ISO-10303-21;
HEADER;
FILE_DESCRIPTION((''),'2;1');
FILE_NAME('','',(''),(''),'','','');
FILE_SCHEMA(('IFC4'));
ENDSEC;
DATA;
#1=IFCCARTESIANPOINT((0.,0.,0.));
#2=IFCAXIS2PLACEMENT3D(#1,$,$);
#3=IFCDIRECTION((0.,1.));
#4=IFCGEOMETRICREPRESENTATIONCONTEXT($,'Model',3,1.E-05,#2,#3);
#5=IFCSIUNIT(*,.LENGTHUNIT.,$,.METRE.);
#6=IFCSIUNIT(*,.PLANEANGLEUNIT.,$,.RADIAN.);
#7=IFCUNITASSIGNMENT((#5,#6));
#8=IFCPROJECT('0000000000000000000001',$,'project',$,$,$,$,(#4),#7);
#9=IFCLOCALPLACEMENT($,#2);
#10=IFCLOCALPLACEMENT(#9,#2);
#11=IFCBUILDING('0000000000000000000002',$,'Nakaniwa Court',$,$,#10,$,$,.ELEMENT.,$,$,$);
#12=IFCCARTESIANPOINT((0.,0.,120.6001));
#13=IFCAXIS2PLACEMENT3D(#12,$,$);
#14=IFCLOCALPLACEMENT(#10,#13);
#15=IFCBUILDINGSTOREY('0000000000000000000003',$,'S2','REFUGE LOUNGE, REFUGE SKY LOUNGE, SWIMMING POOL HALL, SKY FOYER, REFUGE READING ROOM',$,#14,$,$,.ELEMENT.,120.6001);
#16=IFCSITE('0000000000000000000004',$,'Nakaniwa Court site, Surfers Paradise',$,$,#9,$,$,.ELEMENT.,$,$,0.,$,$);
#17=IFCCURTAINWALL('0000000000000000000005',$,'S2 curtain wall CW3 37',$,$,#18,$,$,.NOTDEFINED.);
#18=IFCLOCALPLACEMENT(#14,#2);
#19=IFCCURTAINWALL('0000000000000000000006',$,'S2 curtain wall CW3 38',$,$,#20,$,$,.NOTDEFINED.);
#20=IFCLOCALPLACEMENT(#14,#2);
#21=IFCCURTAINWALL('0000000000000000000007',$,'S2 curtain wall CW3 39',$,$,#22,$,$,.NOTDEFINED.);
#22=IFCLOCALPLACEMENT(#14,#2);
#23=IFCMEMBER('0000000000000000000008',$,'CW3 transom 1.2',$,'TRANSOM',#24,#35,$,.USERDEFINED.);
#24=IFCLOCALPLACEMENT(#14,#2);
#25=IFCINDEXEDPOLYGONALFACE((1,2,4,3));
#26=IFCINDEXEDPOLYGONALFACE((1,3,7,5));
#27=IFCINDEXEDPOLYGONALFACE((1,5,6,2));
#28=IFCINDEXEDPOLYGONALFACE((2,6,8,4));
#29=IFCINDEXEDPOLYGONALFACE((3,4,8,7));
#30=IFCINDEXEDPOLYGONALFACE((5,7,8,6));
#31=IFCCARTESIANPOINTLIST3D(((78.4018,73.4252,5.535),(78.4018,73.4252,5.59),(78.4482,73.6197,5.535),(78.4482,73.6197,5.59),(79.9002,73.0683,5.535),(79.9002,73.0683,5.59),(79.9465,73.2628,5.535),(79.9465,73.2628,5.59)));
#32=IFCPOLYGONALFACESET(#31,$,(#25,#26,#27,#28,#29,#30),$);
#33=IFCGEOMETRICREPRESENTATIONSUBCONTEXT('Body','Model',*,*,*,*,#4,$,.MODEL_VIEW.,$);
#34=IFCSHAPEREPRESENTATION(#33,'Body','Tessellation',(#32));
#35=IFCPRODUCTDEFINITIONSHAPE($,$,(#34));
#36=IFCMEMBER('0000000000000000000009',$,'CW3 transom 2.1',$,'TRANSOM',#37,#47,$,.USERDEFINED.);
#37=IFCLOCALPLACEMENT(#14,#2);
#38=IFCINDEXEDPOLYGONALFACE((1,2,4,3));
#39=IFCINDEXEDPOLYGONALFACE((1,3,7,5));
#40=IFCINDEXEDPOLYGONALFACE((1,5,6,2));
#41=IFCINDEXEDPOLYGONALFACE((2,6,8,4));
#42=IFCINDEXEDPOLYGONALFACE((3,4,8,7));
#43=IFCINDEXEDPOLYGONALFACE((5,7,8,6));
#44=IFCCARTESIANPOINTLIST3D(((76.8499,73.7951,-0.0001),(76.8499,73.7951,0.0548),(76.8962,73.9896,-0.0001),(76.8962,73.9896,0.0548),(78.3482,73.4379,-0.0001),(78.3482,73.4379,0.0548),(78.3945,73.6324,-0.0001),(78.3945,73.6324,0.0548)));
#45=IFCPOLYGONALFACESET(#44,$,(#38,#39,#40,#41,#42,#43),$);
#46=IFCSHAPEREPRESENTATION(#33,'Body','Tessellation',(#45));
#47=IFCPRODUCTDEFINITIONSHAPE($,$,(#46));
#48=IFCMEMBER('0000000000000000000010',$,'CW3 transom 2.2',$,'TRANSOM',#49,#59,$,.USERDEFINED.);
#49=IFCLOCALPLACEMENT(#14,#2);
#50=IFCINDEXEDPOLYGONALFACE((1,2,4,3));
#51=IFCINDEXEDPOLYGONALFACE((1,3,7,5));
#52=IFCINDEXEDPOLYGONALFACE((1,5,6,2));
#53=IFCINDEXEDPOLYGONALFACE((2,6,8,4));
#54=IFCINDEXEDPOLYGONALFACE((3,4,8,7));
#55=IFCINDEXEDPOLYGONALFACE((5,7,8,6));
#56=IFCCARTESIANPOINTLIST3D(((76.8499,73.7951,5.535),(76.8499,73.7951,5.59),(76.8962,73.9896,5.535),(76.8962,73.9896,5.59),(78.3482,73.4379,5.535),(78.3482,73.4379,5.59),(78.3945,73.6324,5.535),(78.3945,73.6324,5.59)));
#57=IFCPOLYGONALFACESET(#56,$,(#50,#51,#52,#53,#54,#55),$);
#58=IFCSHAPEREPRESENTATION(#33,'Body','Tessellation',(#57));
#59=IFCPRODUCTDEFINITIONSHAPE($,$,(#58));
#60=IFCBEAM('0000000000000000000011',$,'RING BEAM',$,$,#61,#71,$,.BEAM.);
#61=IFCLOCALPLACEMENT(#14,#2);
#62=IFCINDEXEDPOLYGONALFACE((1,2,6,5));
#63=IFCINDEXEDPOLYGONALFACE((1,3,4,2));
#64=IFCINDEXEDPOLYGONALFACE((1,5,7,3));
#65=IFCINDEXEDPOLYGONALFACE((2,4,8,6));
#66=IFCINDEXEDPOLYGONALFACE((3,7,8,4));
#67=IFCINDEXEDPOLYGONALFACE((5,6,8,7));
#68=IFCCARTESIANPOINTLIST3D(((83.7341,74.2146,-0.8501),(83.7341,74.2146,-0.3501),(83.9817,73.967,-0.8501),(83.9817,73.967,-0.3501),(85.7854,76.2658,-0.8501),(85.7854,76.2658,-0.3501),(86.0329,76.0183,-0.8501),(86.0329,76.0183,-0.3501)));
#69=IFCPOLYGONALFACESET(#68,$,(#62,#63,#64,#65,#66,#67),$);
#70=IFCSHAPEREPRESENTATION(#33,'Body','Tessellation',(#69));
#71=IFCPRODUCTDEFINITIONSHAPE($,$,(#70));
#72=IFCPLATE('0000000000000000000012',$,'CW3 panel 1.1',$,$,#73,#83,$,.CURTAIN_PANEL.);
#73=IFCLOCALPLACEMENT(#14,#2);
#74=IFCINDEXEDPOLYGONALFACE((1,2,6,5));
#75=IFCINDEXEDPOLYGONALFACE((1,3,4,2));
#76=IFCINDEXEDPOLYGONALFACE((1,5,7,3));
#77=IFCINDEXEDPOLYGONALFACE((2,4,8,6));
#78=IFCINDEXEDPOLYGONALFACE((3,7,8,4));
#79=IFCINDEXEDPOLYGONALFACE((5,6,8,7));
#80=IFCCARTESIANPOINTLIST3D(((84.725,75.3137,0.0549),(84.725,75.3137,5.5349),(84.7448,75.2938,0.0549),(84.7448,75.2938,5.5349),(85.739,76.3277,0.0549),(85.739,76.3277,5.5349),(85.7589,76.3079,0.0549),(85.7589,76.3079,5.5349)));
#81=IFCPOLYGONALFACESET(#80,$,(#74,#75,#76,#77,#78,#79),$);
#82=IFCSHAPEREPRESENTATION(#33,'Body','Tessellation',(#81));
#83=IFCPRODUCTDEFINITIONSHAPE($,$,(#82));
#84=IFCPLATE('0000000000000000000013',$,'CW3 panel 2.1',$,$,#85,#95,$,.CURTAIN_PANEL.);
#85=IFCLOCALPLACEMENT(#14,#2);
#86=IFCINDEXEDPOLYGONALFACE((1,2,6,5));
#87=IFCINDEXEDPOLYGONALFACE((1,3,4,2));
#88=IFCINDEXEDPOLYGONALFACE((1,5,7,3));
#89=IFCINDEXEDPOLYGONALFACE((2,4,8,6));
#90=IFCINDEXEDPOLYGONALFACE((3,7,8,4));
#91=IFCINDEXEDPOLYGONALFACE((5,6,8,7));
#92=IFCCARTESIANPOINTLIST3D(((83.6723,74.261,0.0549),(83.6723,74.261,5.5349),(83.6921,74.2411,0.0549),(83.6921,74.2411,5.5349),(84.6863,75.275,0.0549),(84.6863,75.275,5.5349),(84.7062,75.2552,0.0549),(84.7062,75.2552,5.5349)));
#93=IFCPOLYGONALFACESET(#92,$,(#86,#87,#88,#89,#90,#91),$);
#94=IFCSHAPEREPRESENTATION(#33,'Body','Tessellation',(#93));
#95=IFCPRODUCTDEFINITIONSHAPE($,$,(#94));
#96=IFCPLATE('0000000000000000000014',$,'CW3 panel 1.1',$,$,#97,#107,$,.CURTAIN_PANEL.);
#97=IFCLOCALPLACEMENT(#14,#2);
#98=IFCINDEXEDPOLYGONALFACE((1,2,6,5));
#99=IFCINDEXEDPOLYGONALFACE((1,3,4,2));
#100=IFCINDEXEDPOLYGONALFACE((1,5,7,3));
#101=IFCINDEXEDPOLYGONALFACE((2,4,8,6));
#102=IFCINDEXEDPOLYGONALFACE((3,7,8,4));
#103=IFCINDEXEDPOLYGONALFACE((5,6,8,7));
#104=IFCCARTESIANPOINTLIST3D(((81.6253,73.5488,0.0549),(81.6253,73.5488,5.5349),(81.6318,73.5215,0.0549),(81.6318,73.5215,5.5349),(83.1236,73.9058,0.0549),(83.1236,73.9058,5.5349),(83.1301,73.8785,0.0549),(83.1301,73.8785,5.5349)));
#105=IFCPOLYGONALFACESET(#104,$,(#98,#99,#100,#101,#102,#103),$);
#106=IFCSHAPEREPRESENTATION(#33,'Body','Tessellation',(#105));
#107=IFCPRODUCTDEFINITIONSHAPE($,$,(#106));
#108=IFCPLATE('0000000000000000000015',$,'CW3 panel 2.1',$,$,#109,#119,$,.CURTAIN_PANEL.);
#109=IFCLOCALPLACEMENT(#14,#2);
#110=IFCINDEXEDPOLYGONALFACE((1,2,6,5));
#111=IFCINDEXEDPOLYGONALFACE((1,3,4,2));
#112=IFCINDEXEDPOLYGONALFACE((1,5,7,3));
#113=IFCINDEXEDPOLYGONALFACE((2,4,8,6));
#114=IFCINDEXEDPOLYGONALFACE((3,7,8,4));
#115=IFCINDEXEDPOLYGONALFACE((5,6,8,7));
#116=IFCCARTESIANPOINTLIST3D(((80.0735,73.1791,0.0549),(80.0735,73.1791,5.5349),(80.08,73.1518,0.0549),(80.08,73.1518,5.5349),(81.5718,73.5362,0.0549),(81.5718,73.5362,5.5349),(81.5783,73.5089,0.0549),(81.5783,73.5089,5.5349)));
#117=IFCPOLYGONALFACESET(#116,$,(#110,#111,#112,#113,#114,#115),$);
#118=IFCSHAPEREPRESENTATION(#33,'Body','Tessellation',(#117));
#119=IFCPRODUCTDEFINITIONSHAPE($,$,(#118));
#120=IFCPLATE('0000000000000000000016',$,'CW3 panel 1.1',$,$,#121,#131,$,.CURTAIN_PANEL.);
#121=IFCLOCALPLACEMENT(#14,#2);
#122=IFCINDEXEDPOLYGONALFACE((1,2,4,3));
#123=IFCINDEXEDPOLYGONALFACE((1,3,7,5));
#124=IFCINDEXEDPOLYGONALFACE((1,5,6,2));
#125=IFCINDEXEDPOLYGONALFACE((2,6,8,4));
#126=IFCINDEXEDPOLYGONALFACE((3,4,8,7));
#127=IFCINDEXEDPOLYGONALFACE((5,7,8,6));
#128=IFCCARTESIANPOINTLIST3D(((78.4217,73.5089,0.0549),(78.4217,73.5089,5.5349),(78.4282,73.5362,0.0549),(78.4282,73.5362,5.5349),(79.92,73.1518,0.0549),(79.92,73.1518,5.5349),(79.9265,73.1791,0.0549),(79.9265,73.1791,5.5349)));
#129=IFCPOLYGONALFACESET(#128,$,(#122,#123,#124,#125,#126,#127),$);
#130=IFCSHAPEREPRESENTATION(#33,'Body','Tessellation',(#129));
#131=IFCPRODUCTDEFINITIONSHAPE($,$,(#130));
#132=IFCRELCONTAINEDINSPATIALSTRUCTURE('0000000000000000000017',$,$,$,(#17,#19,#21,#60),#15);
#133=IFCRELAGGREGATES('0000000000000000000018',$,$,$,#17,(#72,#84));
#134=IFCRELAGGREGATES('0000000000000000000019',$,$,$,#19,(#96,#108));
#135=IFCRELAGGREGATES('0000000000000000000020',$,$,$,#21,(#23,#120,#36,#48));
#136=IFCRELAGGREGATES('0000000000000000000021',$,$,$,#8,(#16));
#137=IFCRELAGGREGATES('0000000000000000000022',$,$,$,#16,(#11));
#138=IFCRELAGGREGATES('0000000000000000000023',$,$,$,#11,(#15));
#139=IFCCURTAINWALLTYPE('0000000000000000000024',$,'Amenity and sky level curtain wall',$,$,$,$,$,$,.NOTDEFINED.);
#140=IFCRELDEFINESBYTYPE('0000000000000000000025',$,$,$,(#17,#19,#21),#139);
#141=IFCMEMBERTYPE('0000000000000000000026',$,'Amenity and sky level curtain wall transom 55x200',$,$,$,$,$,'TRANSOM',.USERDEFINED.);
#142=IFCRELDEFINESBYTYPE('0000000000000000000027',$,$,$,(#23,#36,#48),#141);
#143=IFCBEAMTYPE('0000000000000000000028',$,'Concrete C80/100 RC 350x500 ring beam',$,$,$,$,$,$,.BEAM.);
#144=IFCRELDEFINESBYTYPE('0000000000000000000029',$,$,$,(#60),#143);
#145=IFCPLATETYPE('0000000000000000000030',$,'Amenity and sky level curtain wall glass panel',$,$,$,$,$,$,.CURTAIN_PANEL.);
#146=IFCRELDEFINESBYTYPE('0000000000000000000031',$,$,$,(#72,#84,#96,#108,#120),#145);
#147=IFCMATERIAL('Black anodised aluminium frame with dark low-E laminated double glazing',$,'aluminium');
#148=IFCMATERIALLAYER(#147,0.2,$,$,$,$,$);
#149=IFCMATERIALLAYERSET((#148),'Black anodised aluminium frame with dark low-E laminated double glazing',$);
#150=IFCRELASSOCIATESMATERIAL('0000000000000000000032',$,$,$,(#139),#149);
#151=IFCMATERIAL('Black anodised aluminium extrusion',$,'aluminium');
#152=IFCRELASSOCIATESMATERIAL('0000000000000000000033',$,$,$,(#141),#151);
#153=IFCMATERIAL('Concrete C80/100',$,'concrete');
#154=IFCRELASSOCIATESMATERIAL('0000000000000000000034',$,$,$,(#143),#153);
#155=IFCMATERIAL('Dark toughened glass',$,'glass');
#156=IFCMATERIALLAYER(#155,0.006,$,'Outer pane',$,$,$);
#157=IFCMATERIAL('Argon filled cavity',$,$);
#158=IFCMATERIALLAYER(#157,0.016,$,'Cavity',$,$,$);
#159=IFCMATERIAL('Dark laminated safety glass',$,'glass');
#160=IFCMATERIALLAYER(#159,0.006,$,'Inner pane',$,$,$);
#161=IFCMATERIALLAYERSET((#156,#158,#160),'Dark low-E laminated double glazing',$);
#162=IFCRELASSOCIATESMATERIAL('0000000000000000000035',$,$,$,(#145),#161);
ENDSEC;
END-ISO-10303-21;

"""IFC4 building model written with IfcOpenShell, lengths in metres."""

from ifc_helpers import new_model, si_unit, direction, frame, origin, origin_2d, place, context, subcontext, project, spatial, rectangle, extrude, material, layer, layer_set, material_profile, profile_set, type_object, element, aggregate, save


model = new_model("IFC4")

# Units and contexts
model_context = context("Model", 3, precision=1e-05, world=origin(), true_north=direction((0.0, 1.0)))
body_context = subcontext(model_context, "Body", "Model", "MODEL_VIEW")
ifc_project = project(units=[si_unit("LENGTHUNIT", "METRE"), si_unit("PLANEANGLEUNIT", "RADIAN")], contexts=[model_context])

# Site, building, storey
site_placement = place(None, origin())
site = spatial("IfcSite", under=ifc_project, at=site_placement, Name="Nakaniwa Court site, Surfers Paradise", CompositionType="ELEMENT", RefElevation=0.0)
building_placement = place(site_placement, origin())
building = spatial("IfcBuilding", under=site, at=building_placement, Name="Nakaniwa Court", CompositionType="ELEMENT")
storey_placement = place(building_placement, frame((0.0, 0.0, 120.6001)))
storey = spatial("IfcBuildingStorey", under=building, at=storey_placement, Name="S2", Description="REFUGE LOUNGE, REFUGE SKY LOUNGE, SWIMMING POOL HALL, SKY FOYER, REFUGE READING ROOM", CompositionType="ELEMENT", Elevation=120.6001)

# Shared definitions
ifc_material_1 = material(Name="Concrete C80/100", Category="concrete")

# Curtain walls
ifc_material_2 = material(Name="Black anodised aluminium frame with dark low-E laminated double glazing", Category="aluminium")
ifc_layer_1 = layer(ifc_material_2, 0.2)
ifc_layer_set_1 = layer_set([ifc_layer_1], Name="Black anodised aluminium frame with dark low-E laminated double glazing")
curtain_wall_type = type_object("IfcCurtainWallType", Name="Amenity and sky level curtain wall", PredefinedType="NOTDEFINED", material=ifc_layer_set_1)
curtain_wall_1_placement = place(storey_placement, origin())
curtain_wall_1 = element("IfcCurtainWall", 1, at=curtain_wall_1_placement, inside=storey, type_object=curtain_wall_type, Name="S2 curtain wall CW3 37", PredefinedType="NOTDEFINED")
ifc_material_3 = material(Name="Black anodised aluminium extrusion", Category="aluminium")
curtain_wall_2_placement = place(storey_placement, origin())
curtain_wall_2 = element("IfcCurtainWall", 2, at=curtain_wall_2_placement, inside=storey, type_object=curtain_wall_type, Name="S2 curtain wall CW3 38", PredefinedType="NOTDEFINED")
curtain_wall_3_placement = place(storey_placement, origin())
curtain_wall_3 = element("IfcCurtainWall", 3, at=curtain_wall_3_placement, inside=storey, type_object=curtain_wall_type, Name="S2 curtain wall CW3 39", PredefinedType="NOTDEFINED")

# Members
ifc_material_profile_1 = material_profile(ifc_material_3, rectangle(XDim=0.2, YDim=0.0549, at=origin_2d()), Name="Amenity and sky level curtain wall transom 55x200")
ifc_profile_set_1 = profile_set([ifc_material_profile_1], Name="Black anodised aluminium extrusion")
member_type_1 = type_object("IfcMemberType", Name="Amenity and sky level curtain wall transom 55x200", ElementType="TRANSOM", PredefinedType="USERDEFINED", material=ifc_profile_set_1)
member_1_placement = place(storey_placement, frame((79.9233, 73.1655, 5.5625), z_axis=(-0.972777, 0.231742, 0.0), x_axis=(-0.231742, -0.972777, 0.0)))
member_1 = element("IfcMember", 4, at=member_1_placement, type_object=member_type_1, Name="CW3 transom 1.2", ObjectType="TRANSOM", PredefinedType="USERDEFINED", context=body_context, shape_type="SweptSolid", body=[
    extrude(rectangle(XDim=0.2, YDim=0.0549, at=origin_2d()), origin(), (0.0, 0.0, 1.0), 1.5403),
])
member_2_placement = place(storey_placement, frame((78.3713, 73.5352, 0.0273), z_axis=(-0.972742, 0.231892, 0.0), x_axis=(-0.231892, -0.972742, 0.0)))
member_2 = element("IfcMember", 5, at=member_2_placement, type_object=member_type_1, Name="CW3 transom 2.1", ObjectType="TRANSOM", PredefinedType="USERDEFINED", context=body_context, shape_type="SweptSolid", body=[
    extrude(rectangle(XDim=0.2, YDim=0.0549, at=origin_2d()), origin(), (0.0, 0.0, 1.0), 1.5403),
])
member_3_placement = place(storey_placement, frame((78.3713, 73.5352, 5.5625), z_axis=(-0.972742, 0.231892, 0.0), x_axis=(-0.231892, -0.972742, 0.0)))
member_3 = element("IfcMember", 6, at=member_3_placement, type_object=member_type_1, Name="CW3 transom 2.2", ObjectType="TRANSOM", PredefinedType="USERDEFINED", context=body_context, shape_type="SweptSolid", body=[
    extrude(rectangle(XDim=0.2, YDim=0.0549, at=origin_2d()), origin(), (0.0, 0.0, 1.0), 1.5403),
])

# Beam
ifc_material_profile_2 = material_profile(ifc_material_1, rectangle(XDim=0.3501, YDim=0.5, at=origin_2d()), Name="Concrete C80/100 RC 350x500 ring beam")
ifc_profile_set_2 = profile_set([ifc_material_profile_2], Name="Concrete C80/100")
beam_type = type_object("IfcBeamType", Name="Concrete C80/100 RC 350x500 ring beam", PredefinedType="BEAM", material=ifc_profile_set_2)
beam_placement = place(storey_placement, frame((83.8579, 74.0908, -0.6001), z_axis=(0.707107, 0.707107, 0.0), x_axis=(-0.707107, 0.707107, 0.0)))
element("IfcBeam", 7, at=beam_placement, inside=storey, type_object=beam_type, Name="RING BEAM", PredefinedType="BEAM", context=body_context, shape_type="SweptSolid", body=[
    extrude(rectangle(XDim=0.3501, YDim=0.5, at=origin_2d()), origin(), (0.0, 0.0, 1.0), 2.9009),
])

# Plates
ifc_material_4 = material(Name="Dark toughened glass", Category="glass")
ifc_layer_2 = layer(ifc_material_4, 0.006, Name="Outer pane")
ifc_material_5 = material(Name="Argon filled cavity")
ifc_layer_3 = layer(ifc_material_5, 0.016, Name="Cavity")
ifc_material_6 = material(Name="Dark laminated safety glass", Category="glass")
ifc_layer_4 = layer(ifc_material_6, 0.006, Name="Inner pane")
ifc_layer_set_2 = layer_set([ifc_layer_2, ifc_layer_3, ifc_layer_4], Name="Dark low-E laminated double glazing")
plate_type = type_object("IfcPlateType", Name="Amenity and sky level curtain wall glass panel", PredefinedType="CURTAIN_PANEL", material=ifc_layer_set_2)
plate_1_placement = place(storey_placement, frame((85.2419, 75.8108, 0.0549), z_axis=(0.0, 0.0, 1.0), x_axis=(-0.707107, -0.707107, 0.0)))
plate_1 = element("IfcPlate", 8, at=plate_1_placement, type_object=plate_type, Name="CW3 panel 1.1", PredefinedType="CURTAIN_PANEL", context=body_context, shape_type="SweptSolid", body=[
    extrude(rectangle(XDim=1.4341, YDim=0.0281, at=origin_2d()), origin(), (0.0, 0.0, 1.0), 5.48),
])
plate_2_placement = place(storey_placement, frame((84.1892, 74.7581, 0.0549), z_axis=(0.0, 0.0, 1.0), x_axis=(-0.707107, -0.707107, 0.0)))
plate_2 = element("IfcPlate", 9, at=plate_2_placement, type_object=plate_type, Name="CW3 panel 2.1", PredefinedType="CURTAIN_PANEL", context=body_context, shape_type="SweptSolid", body=[
    extrude(rectangle(XDim=1.4341, YDim=0.0281, at=origin_2d()), origin(), (0.0, 0.0, 1.0), 5.48),
])
aggregate(curtain_wall_1, [plate_1, plate_2])
plate_3_placement = place(storey_placement, frame((82.3777, 73.7136, 0.0549), z_axis=(0.0, 0.0, 1.0), x_axis=(-0.972766, -0.231791, 0.0)))
plate_3 = element("IfcPlate", 10, at=plate_3_placement, type_object=plate_type, Name="CW3 panel 1.1", PredefinedType="CURTAIN_PANEL", context=body_context, shape_type="SweptSolid", body=[
    extrude(rectangle(XDim=1.5403, YDim=0.0281, at=origin_2d()), origin(), (0.0, 0.0, 1.0), 5.48),
])
plate_4_placement = place(storey_placement, frame((80.8259, 73.344, 0.0549), z_axis=(0.0, 0.0, 1.0), x_axis=(-0.972766, -0.231791, 0.0)))
plate_4 = element("IfcPlate", 11, at=plate_4_placement, type_object=plate_type, Name="CW3 panel 2.1", PredefinedType="CURTAIN_PANEL", context=body_context, shape_type="SweptSolid", body=[
    extrude(rectangle(XDim=1.5403, YDim=0.0281, at=origin_2d()), origin(), (0.0, 0.0, 1.0), 5.48),
])
aggregate(curtain_wall_2, [plate_3, plate_4])
plate_5_placement = place(storey_placement, frame((79.1741, 73.344, 0.0549), z_axis=(0.0, 0.0, 1.0), x_axis=(-0.972766, 0.231791, 0.0)))
plate_5 = element("IfcPlate", 12, at=plate_5_placement, type_object=plate_type, Name="CW3 panel 1.1", PredefinedType="CURTAIN_PANEL", context=body_context, shape_type="SweptSolid", body=[
    extrude(rectangle(XDim=1.5403, YDim=0.0281, at=origin_2d()), origin(), (0.0, 0.0, 1.0), 5.48),
])
aggregate(curtain_wall_3, [member_1, plate_5, member_2, member_3])

save(model, "model.ifc")
